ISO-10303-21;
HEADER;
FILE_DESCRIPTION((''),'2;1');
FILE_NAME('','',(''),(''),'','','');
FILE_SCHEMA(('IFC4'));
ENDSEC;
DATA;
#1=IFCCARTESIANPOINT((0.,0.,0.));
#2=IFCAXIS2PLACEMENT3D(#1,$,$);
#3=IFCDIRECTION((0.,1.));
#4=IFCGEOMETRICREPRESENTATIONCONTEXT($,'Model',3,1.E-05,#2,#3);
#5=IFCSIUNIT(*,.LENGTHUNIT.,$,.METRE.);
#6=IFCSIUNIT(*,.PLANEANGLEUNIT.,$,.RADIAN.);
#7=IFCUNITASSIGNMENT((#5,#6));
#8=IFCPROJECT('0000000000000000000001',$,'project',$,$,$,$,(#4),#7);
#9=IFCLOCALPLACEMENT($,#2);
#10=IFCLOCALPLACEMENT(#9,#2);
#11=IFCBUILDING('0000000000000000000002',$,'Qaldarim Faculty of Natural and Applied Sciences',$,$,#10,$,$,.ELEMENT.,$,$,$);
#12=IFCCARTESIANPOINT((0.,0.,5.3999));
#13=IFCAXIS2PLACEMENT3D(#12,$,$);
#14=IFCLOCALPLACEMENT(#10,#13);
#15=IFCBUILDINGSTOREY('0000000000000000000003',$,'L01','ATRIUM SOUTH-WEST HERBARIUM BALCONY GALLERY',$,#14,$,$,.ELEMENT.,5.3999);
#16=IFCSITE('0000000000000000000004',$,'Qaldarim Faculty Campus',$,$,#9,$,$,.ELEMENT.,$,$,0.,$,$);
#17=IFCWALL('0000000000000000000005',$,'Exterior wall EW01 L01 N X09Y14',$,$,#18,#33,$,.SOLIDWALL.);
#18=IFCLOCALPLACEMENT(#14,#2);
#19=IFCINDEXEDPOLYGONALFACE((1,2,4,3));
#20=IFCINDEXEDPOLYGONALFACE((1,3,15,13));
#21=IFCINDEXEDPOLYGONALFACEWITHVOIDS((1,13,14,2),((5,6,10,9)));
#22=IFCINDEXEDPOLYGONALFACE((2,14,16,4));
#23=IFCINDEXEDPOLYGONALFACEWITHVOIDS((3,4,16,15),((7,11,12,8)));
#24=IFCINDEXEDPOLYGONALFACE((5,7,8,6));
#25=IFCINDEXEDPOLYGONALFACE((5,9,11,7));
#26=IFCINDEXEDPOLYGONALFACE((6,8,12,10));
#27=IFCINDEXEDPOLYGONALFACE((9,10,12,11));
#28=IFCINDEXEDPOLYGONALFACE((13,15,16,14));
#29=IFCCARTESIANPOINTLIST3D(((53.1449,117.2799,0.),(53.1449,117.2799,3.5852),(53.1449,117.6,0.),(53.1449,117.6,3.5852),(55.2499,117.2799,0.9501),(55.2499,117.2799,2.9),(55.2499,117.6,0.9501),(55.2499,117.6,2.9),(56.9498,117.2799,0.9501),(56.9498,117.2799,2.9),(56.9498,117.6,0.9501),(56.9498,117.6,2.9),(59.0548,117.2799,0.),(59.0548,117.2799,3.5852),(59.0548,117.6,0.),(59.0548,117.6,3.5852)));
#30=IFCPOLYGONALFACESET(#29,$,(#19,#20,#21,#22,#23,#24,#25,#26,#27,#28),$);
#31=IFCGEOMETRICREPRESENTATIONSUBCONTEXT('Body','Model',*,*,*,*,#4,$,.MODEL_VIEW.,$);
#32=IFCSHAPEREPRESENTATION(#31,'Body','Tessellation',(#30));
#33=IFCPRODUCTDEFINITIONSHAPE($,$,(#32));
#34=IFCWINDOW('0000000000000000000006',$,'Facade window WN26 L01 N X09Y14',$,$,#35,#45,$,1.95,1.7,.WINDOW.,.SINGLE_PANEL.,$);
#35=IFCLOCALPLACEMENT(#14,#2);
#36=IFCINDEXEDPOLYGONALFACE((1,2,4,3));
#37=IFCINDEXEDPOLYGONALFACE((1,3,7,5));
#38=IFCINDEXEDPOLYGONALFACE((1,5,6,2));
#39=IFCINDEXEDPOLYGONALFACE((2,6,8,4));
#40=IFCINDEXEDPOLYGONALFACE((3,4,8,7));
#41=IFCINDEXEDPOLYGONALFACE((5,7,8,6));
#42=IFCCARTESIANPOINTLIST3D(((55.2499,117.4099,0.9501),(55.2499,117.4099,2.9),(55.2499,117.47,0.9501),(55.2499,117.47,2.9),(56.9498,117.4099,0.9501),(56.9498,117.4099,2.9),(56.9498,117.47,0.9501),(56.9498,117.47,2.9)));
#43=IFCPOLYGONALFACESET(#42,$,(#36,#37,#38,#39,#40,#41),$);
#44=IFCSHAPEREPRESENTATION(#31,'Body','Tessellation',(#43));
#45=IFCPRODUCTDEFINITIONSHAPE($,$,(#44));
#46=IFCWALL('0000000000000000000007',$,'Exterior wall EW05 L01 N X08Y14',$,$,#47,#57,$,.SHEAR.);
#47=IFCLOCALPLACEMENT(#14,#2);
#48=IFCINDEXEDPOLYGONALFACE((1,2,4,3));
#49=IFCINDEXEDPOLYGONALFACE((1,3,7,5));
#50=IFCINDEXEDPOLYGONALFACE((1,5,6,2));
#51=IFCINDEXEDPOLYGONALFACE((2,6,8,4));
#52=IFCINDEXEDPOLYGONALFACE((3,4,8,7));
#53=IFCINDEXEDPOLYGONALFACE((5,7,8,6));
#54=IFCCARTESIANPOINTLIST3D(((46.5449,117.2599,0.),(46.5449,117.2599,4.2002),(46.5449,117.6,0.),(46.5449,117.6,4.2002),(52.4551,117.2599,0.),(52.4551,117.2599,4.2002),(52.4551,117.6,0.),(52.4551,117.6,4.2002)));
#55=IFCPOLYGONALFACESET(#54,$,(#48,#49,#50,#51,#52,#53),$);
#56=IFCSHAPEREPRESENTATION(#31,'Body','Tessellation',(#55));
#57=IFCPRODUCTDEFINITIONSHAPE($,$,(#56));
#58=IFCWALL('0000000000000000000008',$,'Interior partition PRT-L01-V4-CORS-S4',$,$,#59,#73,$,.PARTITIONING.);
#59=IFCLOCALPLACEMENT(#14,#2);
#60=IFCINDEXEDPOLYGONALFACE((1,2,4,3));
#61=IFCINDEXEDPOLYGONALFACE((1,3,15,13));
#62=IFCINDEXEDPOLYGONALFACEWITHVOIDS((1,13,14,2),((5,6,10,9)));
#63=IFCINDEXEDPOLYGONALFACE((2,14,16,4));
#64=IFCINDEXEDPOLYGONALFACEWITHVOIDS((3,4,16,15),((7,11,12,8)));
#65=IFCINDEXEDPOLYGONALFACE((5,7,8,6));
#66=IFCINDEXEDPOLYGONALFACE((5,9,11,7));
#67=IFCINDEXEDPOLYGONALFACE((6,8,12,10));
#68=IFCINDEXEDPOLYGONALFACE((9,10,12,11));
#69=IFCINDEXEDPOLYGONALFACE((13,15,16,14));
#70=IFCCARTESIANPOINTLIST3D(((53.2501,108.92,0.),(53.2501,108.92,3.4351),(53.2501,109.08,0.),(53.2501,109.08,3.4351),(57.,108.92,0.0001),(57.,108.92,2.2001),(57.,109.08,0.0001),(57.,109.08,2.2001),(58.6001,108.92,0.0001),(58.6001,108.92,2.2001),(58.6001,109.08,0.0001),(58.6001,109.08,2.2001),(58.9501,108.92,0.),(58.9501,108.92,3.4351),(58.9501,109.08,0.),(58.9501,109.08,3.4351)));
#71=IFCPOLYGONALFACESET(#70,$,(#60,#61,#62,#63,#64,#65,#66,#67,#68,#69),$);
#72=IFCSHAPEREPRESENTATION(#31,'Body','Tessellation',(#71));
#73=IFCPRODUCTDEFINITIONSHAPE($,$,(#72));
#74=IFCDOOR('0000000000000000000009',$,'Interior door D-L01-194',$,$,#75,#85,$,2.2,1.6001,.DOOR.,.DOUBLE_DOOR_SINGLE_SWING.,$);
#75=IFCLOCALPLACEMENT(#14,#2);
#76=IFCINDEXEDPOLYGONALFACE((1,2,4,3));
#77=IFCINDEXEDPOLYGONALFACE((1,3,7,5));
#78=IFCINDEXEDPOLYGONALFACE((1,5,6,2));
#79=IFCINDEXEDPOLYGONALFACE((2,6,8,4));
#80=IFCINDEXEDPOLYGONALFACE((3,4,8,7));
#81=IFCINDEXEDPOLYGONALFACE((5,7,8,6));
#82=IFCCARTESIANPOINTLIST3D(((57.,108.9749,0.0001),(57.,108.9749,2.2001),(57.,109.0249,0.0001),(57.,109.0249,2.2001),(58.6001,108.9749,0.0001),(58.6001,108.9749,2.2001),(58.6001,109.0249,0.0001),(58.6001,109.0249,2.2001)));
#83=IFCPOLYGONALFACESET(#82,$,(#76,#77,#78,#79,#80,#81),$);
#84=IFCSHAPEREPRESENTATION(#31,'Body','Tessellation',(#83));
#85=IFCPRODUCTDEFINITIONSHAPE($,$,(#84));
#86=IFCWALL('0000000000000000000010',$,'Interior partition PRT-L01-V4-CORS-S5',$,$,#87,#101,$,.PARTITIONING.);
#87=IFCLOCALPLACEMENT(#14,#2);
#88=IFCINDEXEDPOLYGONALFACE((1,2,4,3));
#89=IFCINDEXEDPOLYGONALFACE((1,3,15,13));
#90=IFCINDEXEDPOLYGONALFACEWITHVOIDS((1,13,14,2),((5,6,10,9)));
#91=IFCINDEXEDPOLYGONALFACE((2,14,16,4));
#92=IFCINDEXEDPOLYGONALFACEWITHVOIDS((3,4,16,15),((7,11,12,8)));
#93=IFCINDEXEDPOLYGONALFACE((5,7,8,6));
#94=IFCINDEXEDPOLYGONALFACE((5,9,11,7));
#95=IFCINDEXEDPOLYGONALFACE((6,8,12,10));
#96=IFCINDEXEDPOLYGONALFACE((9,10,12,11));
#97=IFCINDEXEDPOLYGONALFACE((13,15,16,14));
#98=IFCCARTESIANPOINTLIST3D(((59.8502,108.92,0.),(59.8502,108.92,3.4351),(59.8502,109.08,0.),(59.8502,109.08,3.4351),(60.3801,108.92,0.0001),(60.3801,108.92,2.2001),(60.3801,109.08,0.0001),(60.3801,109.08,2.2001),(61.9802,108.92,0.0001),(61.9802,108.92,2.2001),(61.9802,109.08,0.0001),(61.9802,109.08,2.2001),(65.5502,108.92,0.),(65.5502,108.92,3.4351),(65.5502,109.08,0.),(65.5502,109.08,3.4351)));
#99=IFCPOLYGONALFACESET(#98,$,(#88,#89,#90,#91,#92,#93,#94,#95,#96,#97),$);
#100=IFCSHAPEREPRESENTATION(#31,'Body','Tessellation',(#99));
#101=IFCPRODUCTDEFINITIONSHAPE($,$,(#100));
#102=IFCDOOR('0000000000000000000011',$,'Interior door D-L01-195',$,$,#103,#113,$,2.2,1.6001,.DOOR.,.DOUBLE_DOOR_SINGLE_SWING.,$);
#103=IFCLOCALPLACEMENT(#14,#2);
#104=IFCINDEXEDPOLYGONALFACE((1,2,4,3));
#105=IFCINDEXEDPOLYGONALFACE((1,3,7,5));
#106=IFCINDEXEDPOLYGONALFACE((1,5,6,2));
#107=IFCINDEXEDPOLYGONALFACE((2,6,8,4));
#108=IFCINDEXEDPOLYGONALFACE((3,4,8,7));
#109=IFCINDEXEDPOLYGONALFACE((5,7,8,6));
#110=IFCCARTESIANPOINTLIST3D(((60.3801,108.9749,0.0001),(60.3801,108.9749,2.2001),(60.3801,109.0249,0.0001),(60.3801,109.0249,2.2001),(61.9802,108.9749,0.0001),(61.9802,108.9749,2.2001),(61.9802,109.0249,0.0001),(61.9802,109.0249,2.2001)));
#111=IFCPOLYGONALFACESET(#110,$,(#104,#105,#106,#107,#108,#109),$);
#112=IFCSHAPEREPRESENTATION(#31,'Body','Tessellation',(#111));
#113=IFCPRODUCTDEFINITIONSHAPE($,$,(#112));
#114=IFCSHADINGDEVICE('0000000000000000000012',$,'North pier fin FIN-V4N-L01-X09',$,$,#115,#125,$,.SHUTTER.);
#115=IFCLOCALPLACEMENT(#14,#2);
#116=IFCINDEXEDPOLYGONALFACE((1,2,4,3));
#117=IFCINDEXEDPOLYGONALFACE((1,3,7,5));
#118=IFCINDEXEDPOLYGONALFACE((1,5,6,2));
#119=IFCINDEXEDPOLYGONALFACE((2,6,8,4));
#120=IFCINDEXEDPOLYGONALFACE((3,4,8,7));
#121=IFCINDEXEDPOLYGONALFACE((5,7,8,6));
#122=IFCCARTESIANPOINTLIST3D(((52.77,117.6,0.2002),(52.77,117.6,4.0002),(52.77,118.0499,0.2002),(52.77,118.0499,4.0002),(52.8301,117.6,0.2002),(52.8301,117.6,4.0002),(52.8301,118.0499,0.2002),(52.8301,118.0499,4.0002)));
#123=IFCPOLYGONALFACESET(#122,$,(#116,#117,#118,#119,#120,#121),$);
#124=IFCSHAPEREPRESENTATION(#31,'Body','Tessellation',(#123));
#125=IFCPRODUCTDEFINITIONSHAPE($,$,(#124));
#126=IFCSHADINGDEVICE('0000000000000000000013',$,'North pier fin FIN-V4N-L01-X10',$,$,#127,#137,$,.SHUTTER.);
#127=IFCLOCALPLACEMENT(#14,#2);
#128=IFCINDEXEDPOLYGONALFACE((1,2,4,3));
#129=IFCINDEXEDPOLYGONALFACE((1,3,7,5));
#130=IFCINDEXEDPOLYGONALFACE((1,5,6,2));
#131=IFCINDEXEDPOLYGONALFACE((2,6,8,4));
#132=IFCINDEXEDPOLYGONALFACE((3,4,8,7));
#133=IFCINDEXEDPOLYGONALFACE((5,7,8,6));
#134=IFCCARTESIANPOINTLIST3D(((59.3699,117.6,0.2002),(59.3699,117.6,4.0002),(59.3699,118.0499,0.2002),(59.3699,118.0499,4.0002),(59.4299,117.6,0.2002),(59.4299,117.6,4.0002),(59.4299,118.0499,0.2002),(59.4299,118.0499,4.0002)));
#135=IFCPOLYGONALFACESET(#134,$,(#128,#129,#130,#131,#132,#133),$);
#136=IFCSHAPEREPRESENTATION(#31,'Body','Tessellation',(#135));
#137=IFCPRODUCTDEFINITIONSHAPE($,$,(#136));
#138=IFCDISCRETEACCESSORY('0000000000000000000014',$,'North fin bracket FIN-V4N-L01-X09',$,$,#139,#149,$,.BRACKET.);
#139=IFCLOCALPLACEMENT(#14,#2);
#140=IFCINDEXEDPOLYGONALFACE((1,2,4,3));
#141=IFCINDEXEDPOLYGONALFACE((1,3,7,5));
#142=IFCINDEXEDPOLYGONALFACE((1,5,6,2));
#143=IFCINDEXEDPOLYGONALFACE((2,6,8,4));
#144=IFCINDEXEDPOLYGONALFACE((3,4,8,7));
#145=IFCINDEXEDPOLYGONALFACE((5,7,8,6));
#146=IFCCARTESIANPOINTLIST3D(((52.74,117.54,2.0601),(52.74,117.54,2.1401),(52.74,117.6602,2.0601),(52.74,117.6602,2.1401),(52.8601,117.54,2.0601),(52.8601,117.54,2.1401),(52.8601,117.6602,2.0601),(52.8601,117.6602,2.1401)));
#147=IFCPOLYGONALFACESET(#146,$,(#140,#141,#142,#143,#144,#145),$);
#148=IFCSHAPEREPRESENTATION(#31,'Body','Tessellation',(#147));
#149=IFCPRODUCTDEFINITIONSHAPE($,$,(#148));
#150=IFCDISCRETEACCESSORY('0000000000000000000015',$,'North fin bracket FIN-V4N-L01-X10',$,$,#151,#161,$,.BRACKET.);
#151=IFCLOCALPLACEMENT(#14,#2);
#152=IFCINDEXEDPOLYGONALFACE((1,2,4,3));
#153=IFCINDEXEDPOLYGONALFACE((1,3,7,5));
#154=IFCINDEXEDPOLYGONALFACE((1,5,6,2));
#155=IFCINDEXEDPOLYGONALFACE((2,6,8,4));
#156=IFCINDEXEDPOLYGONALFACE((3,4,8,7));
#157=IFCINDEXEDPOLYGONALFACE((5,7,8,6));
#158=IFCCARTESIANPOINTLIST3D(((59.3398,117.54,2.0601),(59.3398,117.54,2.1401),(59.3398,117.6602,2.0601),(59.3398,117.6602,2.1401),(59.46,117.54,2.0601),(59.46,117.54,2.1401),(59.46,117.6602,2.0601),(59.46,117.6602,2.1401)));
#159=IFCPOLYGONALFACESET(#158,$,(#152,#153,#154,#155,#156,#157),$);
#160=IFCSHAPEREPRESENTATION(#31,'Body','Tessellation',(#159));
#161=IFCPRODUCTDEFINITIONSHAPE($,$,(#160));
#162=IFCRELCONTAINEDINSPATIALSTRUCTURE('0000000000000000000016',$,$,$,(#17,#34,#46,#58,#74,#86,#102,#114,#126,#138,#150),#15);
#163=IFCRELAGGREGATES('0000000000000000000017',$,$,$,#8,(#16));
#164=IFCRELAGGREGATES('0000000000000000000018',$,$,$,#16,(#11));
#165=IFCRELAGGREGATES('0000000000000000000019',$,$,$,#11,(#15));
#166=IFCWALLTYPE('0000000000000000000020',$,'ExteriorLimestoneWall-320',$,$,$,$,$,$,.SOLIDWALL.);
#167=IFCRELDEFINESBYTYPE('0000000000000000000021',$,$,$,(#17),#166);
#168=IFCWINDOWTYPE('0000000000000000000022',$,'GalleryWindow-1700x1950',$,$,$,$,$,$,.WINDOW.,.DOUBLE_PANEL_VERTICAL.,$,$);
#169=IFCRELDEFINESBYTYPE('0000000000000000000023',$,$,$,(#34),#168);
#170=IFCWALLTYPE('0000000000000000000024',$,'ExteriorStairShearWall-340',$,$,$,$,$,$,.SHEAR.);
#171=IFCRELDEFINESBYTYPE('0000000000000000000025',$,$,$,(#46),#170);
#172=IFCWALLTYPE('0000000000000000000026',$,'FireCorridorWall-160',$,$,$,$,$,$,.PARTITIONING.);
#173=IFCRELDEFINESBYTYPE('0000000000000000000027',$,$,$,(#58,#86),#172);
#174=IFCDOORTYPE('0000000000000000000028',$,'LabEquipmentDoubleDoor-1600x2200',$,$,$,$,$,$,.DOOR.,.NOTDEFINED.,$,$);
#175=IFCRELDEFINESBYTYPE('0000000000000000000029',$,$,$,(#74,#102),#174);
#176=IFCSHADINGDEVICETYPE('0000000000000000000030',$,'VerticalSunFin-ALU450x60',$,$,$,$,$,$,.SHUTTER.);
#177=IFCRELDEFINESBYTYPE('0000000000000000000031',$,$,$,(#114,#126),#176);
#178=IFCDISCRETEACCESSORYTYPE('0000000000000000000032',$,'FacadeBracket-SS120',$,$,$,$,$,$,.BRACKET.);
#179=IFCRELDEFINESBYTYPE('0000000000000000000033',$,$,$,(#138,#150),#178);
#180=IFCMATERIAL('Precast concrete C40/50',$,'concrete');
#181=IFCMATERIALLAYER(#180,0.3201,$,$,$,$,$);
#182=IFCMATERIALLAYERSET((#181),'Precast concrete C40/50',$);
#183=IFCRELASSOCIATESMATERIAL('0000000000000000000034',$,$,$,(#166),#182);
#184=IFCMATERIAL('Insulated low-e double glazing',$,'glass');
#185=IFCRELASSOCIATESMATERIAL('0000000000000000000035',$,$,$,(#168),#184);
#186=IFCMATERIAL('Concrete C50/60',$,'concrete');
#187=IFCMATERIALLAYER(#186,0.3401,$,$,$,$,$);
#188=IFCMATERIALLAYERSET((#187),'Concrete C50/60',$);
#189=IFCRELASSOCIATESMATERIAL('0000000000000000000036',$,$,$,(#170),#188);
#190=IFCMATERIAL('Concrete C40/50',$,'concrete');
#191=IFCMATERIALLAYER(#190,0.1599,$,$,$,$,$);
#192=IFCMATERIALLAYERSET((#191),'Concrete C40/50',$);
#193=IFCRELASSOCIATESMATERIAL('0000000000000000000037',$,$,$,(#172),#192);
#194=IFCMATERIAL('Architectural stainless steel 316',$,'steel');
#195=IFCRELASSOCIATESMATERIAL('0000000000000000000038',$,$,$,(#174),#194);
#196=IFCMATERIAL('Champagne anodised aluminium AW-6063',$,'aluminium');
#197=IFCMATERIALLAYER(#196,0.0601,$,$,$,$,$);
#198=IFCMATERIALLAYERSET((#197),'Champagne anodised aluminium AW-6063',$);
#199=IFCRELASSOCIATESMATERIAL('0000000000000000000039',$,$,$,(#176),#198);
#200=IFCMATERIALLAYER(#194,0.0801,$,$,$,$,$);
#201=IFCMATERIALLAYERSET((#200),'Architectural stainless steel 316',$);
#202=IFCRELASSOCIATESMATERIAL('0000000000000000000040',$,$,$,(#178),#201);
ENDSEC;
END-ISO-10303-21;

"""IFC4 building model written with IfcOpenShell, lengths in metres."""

from ifc_helpers import new_model, si_unit, direction, frame, frame_2d, origin, origin_2d, place, context, subcontext, project, spatial, rectangle, extrude, material, layer, layer_set, type_object, element, fill, save


model = new_model("IFC4")

# Units and contexts
model_context = context("Model", 3, precision=1e-05, world=origin(), true_north=direction((0.0, 1.0)))
body_context = subcontext(model_context, "Body", "Model", "MODEL_VIEW")
ifc_project = project(units=[si_unit("LENGTHUNIT", "METRE"), si_unit("PLANEANGLEUNIT", "RADIAN")], contexts=[model_context])

# Site, building, storey
site_placement = place(None, origin())
site = spatial("IfcSite", under=ifc_project, at=site_placement, Name="Qaldarim Faculty Campus", CompositionType="ELEMENT", RefElevation=0.0)
building_placement = place(site_placement, origin())
building = spatial("IfcBuilding", under=site, at=building_placement, Name="Qaldarim Faculty of Natural and Applied Sciences", CompositionType="ELEMENT")
storey_placement = place(building_placement, frame((0.0, 0.0, 5.3999)))
storey = spatial("IfcBuildingStorey", under=building, at=storey_placement, Name="L01", Description="ATRIUM SOUTH-WEST HERBARIUM BALCONY GALLERY", CompositionType="ELEMENT", Elevation=5.3999)

# Shared definitions
ifc_material_1 = material(Name="Concrete C50/60", Category="concrete")

# Shared definitions
ifc_material_2 = material(Name="Concrete C40/50", Category="concrete")

# Wall, opening, window
ifc_material_3 = material(Name="Precast concrete C40/50", Category="concrete")
ifc_layer_1 = layer(ifc_material_3, 0.3201)
ifc_layer_set_1 = layer_set([ifc_layer_1], Name="Precast concrete C40/50")
wall_type_1 = type_object("IfcWallType", Name="ExteriorLimestoneWall-320", PredefinedType="SOLIDWALL", material=ifc_layer_set_1)
wall_1_placement = place(storey_placement, frame((59.0549, 117.4399, 0.0), z_axis=(0.0, 0.0, 1.0), x_axis=(-1.0, 0.0, 0.0)))
wall_1 = element("IfcWall", 1, at=wall_1_placement, inside=storey, type_object=wall_type_1, Name="Exterior wall EW01 L01 N X09Y14", PredefinedType="SOLIDWALL", context=body_context, shape_type="SweptSolid", body=[
    extrude(rectangle(XDim=5.9099, YDim=0.3201, at=frame_2d((2.9551, 0.0))), origin(), (0.0, 0.0, 1.0), 3.5852),
])
opening_1_placement = place(wall_1_placement, frame((2.105, 0.0, 0.95)))
opening_1 = element("IfcOpeningElement", 2, at=opening_1_placement, cuts=wall_1, PredefinedType="OPENING", context=body_context, shape_type="SweptSolid", body=[
    extrude(rectangle(XDim=1.7, YDim=1.95, at=frame_2d((0.8501, 0.9751))), frame((0.0, 0.1699, 0.0), z_axis=(0.0, -1.0, 0.0), x_axis=(1.0, 0.0, 0.0)), (0.0, 0.0, 1.0), 0.3401),
])
ifc_material_4 = material(Name="Insulated low-e double glazing", Category="glass")
window_type = type_object("IfcWindowType", Name="GalleryWindow-1700x1950", PartitioningType="DOUBLE_PANEL_VERTICAL", PredefinedType="WINDOW", material=ifc_material_4)
window_placement = place(opening_1_placement, origin())
window = element("IfcWindow", 3, at=window_placement, inside=storey, type_object=window_type, Name="Facade window WN26 L01 N X09Y14", OverallHeight=1.95, OverallWidth=1.7, PartitioningType="SINGLE_PANEL", PredefinedType="WINDOW", context=body_context, shape_type="SweptSolid", body=[
    extrude(rectangle(XDim=1.7, YDim=1.95, at=frame_2d((0.8501, 0.9751))), frame((0.0, 0.03, 0.0), z_axis=(0.0, -1.0, 0.0), x_axis=(1.0, 0.0, 0.0)), (0.0, 0.0, 1.0), 0.0601),
])
fill(opening_1, window)

# Wall
ifc_layer_2 = layer(ifc_material_1, 0.3401)
ifc_layer_set_2 = layer_set([ifc_layer_2], Name="Concrete C50/60")
wall_type_2 = type_object("IfcWallType", Name="ExteriorStairShearWall-340", PredefinedType="SHEAR", material=ifc_layer_set_2)
wall_2_placement = place(storey_placement, frame((52.4551, 117.4299, 0.0), z_axis=(0.0, 0.0, 1.0), x_axis=(-1.0, 0.0, 0.0)))
element("IfcWall", 4, at=wall_2_placement, inside=storey, type_object=wall_type_2, Name="Exterior wall EW05 L01 N X08Y14", PredefinedType="SHEAR", context=body_context, shape_type="SweptSolid", body=[
    extrude(rectangle(XDim=5.9102, YDim=0.3401, at=frame_2d((2.9551, 0.0))), origin(), (0.0, 0.0, 1.0), 4.2002),
])

# Walls, openings, doors
ifc_layer_3 = layer(ifc_material_2, 0.1599)
ifc_layer_set_3 = layer_set([ifc_layer_3], Name="Concrete C40/50")
wall_type_3 = type_object("IfcWallType", Name="FireCorridorWall-160", PredefinedType="PARTITIONING", material=ifc_layer_set_3)
wall_3_placement = place(storey_placement, frame((53.25, 109.0, 0.0), z_axis=(0.0, 0.0, 1.0), x_axis=(1.0, 0.0, 0.0)))
wall_3 = element("IfcWall", 5, at=wall_3_placement, inside=storey, type_object=wall_type_3, Name="Interior partition PRT-L01-V4-CORS-S4", PredefinedType="PARTITIONING", context=body_context, shape_type="SweptSolid", body=[
    extrude(rectangle(XDim=5.7, YDim=0.1599, at=frame_2d((2.8501, 0.0))), origin(), (0.0, 0.0, 1.0), 3.4351),
])
opening_2_placement = place(wall_3_placement, frame((3.75, 0.0, 0.0)))
opening_2 = element("IfcOpeningElement", 6, at=opening_2_placement, cuts=wall_3, PredefinedType="OPENING", context=body_context, shape_type="SweptSolid", body=[
    extrude(rectangle(XDim=1.6001, YDim=2.2, at=frame_2d((0.8, 1.1001))), frame((0.0, 0.0898, 0.0), z_axis=(0.0, -1.0, 0.0), x_axis=(1.0, 0.0, 0.0)), (0.0, 0.0, 1.0), 0.1799),
])
ifc_material_5 = material(Name="Architectural stainless steel 316", Category="steel")
door_type = type_object("IfcDoorType", Name="LabEquipmentDoubleDoor-1600x2200", OperationType="NOTDEFINED", PredefinedType="DOOR", material=ifc_material_5)
door_1_placement = place(opening_2_placement, origin())
door_1 = element("IfcDoor", 7, at=door_1_placement, inside=storey, type_object=door_type, Name="Interior door D-L01-194", OperationType="DOUBLE_DOOR_SINGLE_SWING", OverallHeight=2.2, OverallWidth=1.6001, PredefinedType="DOOR", context=body_context, shape_type="SweptSolid", body=[
    extrude(rectangle(XDim=1.6001, YDim=2.2, at=frame_2d((0.8, 1.1001))), frame((0.0, 0.0249, 0.0), z_axis=(0.0, -1.0, 0.0), x_axis=(1.0, 0.0, 0.0)), (0.0, 0.0, 1.0), 0.05),
])
fill(opening_2, door_1)
wall_4_placement = place(storey_placement, frame((59.8501, 109.0, 0.0), z_axis=(0.0, 0.0, 1.0), x_axis=(1.0, 0.0, 0.0)))
wall_4 = element("IfcWall", 8, at=wall_4_placement, inside=storey, type_object=wall_type_3, Name="Interior partition PRT-L01-V4-CORS-S5", PredefinedType="PARTITIONING", context=body_context, shape_type="SweptSolid", body=[
    extrude(rectangle(XDim=5.7, YDim=0.1599, at=frame_2d((2.8501, 0.0))), origin(), (0.0, 0.0, 1.0), 3.4351),
])
opening_3_placement = place(wall_4_placement, frame((0.53, 0.0, 0.0)))
opening_3 = element("IfcOpeningElement", 9, at=opening_3_placement, cuts=wall_4, PredefinedType="OPENING", context=body_context, shape_type="SweptSolid", body=[
    extrude(rectangle(XDim=1.6001, YDim=2.2, at=frame_2d((0.8, 1.1001))), frame((0.0, 0.0898, 0.0), z_axis=(0.0, -1.0, 0.0), x_axis=(1.0, 0.0, 0.0)), (0.0, 0.0, 1.0), 0.1799),
])
door_2_placement = place(opening_3_placement, origin())
door_2 = element("IfcDoor", 10, at=door_2_placement, inside=storey, type_object=door_type, Name="Interior door D-L01-195", OperationType="DOUBLE_DOOR_SINGLE_SWING", OverallHeight=2.2, OverallWidth=1.6001, PredefinedType="DOOR", context=body_context, shape_type="SweptSolid", body=[
    extrude(rectangle(XDim=1.6001, YDim=2.2, at=frame_2d((0.8, 1.1001))), frame((0.0, 0.0249, 0.0), z_axis=(0.0, -1.0, 0.0), x_axis=(1.0, 0.0, 0.0)), (0.0, 0.0, 1.0), 0.05),
])
fill(opening_3, door_2)

# Shading devices
ifc_material_6 = material(Name="Champagne anodised aluminium AW-6063", Category="aluminium")
ifc_layer_4 = layer(ifc_material_6, 0.0601)
ifc_layer_set_4 = layer_set([ifc_layer_4], Name="Champagne anodised aluminium AW-6063")
shading_device_type = type_object("IfcShadingDeviceType", Name="VerticalSunFin-ALU450x60", PredefinedType="SHUTTER", material=ifc_layer_set_4)
for number, where, z_axis, x_axis, name in (
    (11, (52.8, 117.825, 0.2002), (0.0, 0.0, 1.0), (1.0, 0.0, 0.0), "North pier fin FIN-V4N-L01-X09"),
    (12, (59.3999, 117.825, 0.2002), (0.0, 0.0, 1.0), (1.0, 0.0, 0.0), "North pier fin FIN-V4N-L01-X10"),
):
    element("IfcShadingDevice", number, at=place(storey_placement, frame(where, z_axis=z_axis, x_axis=x_axis)), inside=storey, type_object=shading_device_type, Name=name, PredefinedType="SHUTTER", context=body_context, shape_type="SweptSolid", body=[
        extrude(rectangle(XDim=0.0601, YDim=0.45, at=origin_2d()), origin(), (0.0, 0.0, 1.0), 3.8),
    ])

# Discrete accessories
ifc_layer_5 = layer(ifc_material_5, 0.0801)
ifc_layer_set_5 = layer_set([ifc_layer_5], Name="Architectural stainless steel 316")
discrete_accessory_type = type_object("IfcDiscreteAccessoryType", Name="FacadeBracket-SS120", PredefinedType="BRACKET", material=ifc_layer_set_5)
for number, where, z_axis, x_axis, name in (
    (13, (52.8, 117.6001, 2.0601), (0.0, 0.0, 1.0), (1.0, 0.0, 0.0), "North fin bracket FIN-V4N-L01-X09"),
    (14, (59.3999, 117.6001, 2.0601), (0.0, 0.0, 1.0), (1.0, 0.0, 0.0), "North fin bracket FIN-V4N-L01-X10"),
):
    element("IfcDiscreteAccessory", number, at=place(storey_placement, frame(where, z_axis=z_axis, x_axis=x_axis)), inside=storey, type_object=discrete_accessory_type, Name=name, PredefinedType="BRACKET", context=body_context, shape_type="SweptSolid", body=[
        extrude(rectangle(XDim=0.1201, YDim=0.1201, at=origin_2d()), origin(), (0.0, 0.0, 1.0), 0.0801),
    ])

save(model, "model.ifc")
